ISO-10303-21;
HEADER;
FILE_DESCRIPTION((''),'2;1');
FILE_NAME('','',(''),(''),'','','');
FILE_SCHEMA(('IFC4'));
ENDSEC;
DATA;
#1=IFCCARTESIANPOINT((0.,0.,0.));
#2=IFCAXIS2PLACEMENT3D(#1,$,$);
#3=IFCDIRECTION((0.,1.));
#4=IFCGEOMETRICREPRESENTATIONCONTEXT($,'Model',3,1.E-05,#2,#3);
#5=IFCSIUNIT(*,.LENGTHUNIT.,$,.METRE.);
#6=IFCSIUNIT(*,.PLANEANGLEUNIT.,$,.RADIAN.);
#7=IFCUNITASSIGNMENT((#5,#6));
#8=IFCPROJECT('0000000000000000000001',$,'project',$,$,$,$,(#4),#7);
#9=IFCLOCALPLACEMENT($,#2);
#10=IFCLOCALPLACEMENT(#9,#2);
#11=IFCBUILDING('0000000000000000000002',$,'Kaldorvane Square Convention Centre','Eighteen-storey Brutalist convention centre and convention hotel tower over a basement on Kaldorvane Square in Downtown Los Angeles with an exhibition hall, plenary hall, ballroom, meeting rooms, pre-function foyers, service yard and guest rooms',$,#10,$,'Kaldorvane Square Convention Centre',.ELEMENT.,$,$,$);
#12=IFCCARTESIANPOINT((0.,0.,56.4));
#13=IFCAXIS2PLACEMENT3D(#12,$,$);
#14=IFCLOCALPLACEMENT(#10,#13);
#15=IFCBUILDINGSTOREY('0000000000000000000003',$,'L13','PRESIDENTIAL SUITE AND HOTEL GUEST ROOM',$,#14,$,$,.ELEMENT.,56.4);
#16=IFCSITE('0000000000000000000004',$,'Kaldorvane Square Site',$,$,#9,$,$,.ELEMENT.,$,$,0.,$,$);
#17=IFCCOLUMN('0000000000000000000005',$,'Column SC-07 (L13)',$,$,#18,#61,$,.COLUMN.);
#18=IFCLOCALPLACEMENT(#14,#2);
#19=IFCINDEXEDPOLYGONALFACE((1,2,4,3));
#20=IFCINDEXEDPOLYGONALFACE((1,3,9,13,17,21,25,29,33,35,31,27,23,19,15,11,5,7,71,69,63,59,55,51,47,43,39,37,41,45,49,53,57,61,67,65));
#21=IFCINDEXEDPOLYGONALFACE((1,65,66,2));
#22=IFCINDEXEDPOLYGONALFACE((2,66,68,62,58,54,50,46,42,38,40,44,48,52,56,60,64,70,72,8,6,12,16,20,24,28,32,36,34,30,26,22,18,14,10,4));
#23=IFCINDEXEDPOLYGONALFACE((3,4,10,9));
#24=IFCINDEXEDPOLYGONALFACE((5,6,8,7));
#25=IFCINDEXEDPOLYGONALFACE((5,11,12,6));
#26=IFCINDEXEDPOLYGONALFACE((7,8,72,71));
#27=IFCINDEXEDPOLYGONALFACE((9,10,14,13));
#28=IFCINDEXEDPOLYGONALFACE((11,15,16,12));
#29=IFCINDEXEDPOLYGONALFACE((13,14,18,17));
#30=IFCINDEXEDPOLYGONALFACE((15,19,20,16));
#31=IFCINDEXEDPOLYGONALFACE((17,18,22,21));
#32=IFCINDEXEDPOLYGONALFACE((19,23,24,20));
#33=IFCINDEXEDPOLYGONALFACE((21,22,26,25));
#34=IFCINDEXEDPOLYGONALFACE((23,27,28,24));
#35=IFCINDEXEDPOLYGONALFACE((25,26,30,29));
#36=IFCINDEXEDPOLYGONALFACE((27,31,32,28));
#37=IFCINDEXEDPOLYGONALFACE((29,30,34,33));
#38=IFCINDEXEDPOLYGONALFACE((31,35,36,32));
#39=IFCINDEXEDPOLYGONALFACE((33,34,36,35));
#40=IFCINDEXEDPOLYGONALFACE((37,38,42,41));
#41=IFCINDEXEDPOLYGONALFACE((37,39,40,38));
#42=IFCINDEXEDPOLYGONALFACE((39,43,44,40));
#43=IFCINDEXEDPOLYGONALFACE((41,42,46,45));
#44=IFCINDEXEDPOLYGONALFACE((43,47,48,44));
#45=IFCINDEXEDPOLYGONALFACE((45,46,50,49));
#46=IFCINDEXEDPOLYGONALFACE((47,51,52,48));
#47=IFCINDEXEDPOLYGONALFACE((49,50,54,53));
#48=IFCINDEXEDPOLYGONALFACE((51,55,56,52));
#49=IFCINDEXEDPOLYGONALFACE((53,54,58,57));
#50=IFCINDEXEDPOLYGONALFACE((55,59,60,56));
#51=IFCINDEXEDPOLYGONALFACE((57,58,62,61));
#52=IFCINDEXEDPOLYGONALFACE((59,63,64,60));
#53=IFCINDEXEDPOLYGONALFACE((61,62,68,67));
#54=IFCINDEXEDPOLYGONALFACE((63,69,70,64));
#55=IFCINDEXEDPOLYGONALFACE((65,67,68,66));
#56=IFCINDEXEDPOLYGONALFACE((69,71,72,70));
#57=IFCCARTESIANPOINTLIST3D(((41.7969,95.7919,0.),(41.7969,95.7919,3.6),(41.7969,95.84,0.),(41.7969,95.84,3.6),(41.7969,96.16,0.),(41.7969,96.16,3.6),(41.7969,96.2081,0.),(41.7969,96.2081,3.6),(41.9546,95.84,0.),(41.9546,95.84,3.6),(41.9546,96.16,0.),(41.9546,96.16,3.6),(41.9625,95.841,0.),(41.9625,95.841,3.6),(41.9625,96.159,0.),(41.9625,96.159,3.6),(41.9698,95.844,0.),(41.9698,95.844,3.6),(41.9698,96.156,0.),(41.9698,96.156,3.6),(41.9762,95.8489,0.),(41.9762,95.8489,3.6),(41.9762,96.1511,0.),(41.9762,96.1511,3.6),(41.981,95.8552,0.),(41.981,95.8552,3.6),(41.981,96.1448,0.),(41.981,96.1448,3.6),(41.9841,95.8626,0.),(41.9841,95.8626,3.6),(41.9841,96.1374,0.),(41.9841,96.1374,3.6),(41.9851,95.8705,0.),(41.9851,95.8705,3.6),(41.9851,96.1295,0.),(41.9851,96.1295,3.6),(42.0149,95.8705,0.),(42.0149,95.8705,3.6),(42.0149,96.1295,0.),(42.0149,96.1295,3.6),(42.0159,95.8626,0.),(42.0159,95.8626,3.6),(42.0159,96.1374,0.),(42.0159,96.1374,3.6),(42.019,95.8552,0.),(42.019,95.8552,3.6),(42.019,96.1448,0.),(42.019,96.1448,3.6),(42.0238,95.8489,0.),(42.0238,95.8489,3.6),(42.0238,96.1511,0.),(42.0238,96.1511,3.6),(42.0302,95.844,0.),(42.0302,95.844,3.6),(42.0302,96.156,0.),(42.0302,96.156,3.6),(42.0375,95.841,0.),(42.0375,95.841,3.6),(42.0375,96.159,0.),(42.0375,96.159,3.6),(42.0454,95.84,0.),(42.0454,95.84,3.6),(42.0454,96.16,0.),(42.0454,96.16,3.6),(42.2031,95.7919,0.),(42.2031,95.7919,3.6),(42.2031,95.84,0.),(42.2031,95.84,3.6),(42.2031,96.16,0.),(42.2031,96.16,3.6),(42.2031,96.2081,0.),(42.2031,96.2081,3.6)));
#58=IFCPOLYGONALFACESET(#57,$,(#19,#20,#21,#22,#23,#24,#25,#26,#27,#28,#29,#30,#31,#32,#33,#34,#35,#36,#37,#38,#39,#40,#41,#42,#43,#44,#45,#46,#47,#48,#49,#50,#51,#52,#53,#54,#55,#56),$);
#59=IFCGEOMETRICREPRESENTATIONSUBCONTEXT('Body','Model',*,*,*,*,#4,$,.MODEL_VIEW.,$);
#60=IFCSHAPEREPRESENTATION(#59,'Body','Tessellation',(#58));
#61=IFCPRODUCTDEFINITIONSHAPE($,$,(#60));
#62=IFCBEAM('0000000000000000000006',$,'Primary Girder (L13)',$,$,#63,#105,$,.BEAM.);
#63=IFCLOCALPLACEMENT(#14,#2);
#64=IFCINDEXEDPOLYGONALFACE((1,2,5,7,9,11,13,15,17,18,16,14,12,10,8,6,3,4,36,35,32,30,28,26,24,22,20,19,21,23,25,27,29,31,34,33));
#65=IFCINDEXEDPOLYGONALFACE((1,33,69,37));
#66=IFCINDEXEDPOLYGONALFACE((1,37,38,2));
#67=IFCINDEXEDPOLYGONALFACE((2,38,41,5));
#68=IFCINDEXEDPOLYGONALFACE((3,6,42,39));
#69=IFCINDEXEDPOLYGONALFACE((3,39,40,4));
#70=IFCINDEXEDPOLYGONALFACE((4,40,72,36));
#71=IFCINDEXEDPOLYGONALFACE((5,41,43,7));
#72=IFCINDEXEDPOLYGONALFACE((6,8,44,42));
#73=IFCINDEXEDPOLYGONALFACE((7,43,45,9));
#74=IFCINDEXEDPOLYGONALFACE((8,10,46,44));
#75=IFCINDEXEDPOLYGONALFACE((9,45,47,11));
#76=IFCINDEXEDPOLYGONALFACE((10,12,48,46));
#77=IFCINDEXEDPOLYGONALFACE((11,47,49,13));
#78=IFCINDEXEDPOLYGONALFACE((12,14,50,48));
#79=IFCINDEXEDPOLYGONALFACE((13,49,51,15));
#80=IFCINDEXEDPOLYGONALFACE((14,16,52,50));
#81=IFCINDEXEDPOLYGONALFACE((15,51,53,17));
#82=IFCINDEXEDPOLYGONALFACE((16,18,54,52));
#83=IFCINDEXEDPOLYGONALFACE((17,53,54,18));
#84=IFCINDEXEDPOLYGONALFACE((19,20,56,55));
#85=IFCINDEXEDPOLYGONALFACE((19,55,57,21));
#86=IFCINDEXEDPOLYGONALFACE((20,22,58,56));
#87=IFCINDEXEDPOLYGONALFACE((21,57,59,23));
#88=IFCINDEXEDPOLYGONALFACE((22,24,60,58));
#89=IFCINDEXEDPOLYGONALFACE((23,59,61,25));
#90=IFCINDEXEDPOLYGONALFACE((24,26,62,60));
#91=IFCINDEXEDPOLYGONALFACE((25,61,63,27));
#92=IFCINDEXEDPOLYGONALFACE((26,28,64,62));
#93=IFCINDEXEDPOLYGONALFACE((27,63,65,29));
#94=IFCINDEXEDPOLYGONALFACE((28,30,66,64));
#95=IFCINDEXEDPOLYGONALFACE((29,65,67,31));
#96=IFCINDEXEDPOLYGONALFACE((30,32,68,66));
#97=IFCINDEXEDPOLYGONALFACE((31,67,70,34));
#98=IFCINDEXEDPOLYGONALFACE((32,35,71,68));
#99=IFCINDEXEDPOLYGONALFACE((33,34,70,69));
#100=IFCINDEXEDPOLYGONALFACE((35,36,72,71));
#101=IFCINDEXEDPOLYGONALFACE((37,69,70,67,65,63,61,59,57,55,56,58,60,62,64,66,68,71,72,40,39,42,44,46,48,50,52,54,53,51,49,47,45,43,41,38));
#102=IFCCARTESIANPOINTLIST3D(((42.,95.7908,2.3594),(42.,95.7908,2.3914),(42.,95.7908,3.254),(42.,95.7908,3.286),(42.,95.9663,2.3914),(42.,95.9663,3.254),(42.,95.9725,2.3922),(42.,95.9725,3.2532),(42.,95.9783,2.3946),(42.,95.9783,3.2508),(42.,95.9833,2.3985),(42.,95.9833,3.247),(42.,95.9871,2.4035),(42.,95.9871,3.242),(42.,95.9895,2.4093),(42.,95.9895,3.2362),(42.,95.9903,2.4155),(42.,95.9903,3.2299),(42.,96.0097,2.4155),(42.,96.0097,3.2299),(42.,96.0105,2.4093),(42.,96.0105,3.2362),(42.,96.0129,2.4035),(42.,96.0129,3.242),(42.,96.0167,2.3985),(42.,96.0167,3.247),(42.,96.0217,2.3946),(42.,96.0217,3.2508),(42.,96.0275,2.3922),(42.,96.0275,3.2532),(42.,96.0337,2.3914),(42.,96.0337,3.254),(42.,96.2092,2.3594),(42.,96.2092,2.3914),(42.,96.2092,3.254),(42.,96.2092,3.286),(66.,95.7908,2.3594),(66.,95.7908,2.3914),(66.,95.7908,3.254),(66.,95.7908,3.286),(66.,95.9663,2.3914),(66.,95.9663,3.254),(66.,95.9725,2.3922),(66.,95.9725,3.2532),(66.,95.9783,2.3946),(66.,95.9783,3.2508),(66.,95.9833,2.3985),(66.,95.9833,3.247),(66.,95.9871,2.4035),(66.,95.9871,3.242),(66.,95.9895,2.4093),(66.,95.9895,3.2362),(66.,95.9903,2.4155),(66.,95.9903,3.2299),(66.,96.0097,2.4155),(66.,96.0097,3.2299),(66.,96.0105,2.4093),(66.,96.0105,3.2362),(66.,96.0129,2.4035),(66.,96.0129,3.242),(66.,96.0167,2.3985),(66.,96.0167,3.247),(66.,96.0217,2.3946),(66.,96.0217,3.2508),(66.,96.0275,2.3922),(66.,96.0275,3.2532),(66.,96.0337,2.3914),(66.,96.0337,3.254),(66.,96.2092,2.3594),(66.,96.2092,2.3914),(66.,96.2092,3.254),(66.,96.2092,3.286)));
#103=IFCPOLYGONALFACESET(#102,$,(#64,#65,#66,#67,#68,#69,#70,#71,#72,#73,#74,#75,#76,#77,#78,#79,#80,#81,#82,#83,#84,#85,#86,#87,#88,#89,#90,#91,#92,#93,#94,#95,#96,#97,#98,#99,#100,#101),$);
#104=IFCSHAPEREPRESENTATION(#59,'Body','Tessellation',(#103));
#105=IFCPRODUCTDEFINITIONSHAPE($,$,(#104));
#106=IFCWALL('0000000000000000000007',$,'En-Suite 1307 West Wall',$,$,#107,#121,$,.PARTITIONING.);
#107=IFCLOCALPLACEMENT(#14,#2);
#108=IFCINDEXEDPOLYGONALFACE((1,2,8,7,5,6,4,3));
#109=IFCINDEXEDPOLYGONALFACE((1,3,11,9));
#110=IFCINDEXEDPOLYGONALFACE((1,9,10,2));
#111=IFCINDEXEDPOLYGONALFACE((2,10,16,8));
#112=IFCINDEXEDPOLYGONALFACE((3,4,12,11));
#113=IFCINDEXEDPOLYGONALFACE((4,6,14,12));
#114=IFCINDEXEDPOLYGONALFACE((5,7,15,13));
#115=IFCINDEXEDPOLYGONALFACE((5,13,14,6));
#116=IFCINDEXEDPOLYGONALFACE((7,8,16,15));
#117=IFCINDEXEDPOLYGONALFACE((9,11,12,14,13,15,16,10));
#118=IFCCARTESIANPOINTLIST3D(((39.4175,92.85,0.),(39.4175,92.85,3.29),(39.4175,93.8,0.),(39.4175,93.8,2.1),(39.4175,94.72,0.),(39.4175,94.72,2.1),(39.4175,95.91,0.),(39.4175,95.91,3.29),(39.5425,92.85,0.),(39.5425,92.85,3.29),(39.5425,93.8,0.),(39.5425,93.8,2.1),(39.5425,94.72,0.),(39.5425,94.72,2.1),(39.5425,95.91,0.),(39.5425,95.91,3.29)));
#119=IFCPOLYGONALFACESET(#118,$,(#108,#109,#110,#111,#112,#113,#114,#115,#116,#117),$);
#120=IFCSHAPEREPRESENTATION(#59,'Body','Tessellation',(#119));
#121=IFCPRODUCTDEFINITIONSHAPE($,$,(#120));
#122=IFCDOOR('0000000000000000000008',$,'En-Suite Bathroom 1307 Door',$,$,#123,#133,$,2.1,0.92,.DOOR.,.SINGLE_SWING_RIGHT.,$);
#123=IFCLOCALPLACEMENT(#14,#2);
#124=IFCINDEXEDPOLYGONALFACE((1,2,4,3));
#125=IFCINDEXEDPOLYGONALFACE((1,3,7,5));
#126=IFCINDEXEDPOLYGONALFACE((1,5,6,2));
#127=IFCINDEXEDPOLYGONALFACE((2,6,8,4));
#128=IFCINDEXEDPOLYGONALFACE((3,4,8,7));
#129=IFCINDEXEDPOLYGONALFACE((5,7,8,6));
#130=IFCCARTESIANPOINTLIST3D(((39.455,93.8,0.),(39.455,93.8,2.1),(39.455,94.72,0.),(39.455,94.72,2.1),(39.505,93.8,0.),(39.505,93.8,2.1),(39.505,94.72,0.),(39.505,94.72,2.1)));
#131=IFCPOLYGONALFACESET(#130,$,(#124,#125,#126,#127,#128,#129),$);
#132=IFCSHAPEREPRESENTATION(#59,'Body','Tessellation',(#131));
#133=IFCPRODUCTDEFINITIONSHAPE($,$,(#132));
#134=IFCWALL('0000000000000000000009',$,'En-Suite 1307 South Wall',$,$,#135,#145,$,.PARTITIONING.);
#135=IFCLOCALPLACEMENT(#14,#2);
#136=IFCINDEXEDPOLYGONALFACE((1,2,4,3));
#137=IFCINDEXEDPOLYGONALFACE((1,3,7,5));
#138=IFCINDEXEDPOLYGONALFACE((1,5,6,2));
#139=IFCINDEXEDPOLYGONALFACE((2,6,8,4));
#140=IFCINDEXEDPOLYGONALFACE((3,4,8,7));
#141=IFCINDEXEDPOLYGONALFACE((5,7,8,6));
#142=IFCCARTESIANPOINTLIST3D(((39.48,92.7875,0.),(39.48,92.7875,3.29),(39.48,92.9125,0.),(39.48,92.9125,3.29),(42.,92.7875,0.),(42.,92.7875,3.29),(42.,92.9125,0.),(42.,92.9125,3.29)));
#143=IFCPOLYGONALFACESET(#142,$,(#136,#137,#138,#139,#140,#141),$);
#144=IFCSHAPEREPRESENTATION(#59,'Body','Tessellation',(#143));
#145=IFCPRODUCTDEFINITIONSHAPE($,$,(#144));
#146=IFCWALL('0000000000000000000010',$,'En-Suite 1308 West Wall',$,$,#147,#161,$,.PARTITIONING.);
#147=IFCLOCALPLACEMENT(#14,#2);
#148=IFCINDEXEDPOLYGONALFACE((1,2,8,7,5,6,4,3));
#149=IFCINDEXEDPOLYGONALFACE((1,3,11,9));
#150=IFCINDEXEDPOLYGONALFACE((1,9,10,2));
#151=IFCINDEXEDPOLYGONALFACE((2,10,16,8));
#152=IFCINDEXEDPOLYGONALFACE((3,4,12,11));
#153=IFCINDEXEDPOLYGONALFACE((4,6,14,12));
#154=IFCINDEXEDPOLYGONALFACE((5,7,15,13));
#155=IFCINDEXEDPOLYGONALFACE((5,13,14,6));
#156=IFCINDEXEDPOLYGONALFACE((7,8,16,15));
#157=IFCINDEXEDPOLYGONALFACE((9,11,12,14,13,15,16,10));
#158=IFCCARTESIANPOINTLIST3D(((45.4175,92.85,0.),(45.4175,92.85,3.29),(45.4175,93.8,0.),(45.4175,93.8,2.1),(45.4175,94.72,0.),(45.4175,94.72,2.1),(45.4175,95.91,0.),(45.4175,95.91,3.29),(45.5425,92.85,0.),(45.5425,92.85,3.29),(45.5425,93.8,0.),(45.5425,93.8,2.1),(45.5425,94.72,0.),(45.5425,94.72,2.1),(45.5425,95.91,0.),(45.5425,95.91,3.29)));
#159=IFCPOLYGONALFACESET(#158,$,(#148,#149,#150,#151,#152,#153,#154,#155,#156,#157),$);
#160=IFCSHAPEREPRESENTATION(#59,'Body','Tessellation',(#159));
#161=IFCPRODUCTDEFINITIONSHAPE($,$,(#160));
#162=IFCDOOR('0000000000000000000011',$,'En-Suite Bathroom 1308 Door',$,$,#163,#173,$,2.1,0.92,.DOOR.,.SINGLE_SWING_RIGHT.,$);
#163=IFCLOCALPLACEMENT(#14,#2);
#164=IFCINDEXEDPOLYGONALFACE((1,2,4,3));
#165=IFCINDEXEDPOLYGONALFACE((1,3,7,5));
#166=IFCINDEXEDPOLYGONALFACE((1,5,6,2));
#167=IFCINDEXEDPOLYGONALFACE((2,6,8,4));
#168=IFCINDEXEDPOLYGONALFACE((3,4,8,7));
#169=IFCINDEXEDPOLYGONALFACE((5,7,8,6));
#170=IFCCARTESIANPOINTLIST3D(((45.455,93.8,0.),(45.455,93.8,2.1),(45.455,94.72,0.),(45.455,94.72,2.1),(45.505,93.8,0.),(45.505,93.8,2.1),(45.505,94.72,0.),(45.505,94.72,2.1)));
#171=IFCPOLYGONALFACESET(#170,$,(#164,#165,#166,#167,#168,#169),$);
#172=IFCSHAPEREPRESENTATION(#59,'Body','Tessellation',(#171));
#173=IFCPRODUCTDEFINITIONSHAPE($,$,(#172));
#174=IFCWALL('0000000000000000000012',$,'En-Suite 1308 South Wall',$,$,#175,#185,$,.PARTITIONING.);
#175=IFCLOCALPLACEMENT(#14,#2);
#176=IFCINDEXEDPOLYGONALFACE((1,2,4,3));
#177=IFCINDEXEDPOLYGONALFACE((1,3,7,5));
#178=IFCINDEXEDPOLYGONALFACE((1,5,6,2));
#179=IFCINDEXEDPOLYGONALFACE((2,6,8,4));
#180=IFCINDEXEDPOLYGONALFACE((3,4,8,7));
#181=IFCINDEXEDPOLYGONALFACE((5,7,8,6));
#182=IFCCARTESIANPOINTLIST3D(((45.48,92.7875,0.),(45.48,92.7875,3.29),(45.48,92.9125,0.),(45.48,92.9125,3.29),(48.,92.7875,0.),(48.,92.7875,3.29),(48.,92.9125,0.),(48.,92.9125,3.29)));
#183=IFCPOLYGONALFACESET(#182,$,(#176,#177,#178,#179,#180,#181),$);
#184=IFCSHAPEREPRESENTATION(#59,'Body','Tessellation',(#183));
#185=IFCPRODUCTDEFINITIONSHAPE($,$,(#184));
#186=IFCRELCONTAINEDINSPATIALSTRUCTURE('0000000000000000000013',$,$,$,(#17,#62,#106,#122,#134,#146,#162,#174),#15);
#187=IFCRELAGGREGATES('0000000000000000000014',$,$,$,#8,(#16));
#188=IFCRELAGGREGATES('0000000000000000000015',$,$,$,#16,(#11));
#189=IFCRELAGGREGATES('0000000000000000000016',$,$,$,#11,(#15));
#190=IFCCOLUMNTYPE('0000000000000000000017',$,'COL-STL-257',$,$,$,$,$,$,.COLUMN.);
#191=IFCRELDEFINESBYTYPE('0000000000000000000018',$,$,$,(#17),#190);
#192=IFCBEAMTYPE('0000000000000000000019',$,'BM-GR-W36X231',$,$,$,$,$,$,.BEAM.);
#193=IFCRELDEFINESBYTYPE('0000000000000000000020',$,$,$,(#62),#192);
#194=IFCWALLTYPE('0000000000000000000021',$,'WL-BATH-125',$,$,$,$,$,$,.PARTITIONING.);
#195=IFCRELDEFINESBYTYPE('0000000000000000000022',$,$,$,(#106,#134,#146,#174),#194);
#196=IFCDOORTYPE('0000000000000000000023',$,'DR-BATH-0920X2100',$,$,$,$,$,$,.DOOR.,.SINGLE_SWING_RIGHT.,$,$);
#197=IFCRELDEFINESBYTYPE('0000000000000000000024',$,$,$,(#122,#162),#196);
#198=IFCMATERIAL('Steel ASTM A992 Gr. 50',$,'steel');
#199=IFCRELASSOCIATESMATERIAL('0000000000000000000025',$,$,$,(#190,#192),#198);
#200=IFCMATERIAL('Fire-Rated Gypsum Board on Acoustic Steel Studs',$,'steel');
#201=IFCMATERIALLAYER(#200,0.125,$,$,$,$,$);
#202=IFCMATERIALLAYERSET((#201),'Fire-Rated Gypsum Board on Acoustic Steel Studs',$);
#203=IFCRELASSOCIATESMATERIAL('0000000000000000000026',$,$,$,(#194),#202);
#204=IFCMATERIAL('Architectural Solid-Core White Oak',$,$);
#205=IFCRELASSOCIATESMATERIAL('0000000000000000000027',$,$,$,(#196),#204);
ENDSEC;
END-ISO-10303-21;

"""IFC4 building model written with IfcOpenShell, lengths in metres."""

from ifc_helpers import new_model, si_unit, direction, frame, frame_2d, origin, origin_2d, place, context, subcontext, project, spatial, rectangle, i_section, extrude, material, layer, layer_set, material_profile, profile_set, type_object, element, fill, save


model = new_model("IFC4")

# Units and contexts
model_context = context("Model", 3, precision=1e-05, world=origin(), true_north=direction((0.0, 1.0)))
body_context = subcontext(model_context, "Body", "Model", "MODEL_VIEW")
ifc_project = project(units=[si_unit("LENGTHUNIT", "METRE"), si_unit("PLANEANGLEUNIT", "RADIAN")], contexts=[model_context])

# Site, building, storey
site_placement = place(None, origin())
site = spatial("IfcSite", under=ifc_project, at=site_placement, Name="Kaldorvane Square Site", CompositionType="ELEMENT", RefElevation=0.0)
building_placement = place(site_placement, origin())
building = spatial("IfcBuilding", under=site, at=building_placement, Name="Kaldorvane Square Convention Centre", Description="Eighteen-storey Brutalist convention centre and convention hotel tower over a basement on Kaldorvane Square in Downtown Los Angeles with an exhibition hall, plenary hall, ballroom, meeting rooms, pre-function foyers, service yard and guest rooms", LongName="Kaldorvane Square Convention Centre", CompositionType="ELEMENT")
storey_placement = place(building_placement, frame((0.0, 0.0, 56.4)))
storey = spatial("IfcBuildingStorey", under=building, at=storey_placement, Name="L13", Description="PRESIDENTIAL SUITE AND HOTEL GUEST ROOM", CompositionType="ELEMENT", Elevation=56.4)

# Column
ifc_material_1 = material(Name="Steel ASTM A992 Gr. 50", Category="steel")
ifc_material_profile_1 = material_profile(ifc_material_1, i_section(OverallWidth=0.4063, OverallDepth=0.4161, WebThickness=0.0298, FlangeThickness=0.048, FilletRadius=0.0305, at=origin_2d()), Name="W14X257")
ifc_profile_set_1 = profile_set([ifc_material_profile_1], Name="Steel ASTM A992 Gr. 50")
column_type = type_object("IfcColumnType", Name="COL-STL-257", PredefinedType="COLUMN", material=ifc_profile_set_1)
column_placement = place(storey_placement, frame((42.0, 96.0, 0.0), z_axis=(0.0, 0.0, 1.0), x_axis=(1.0, 0.0, 0.0)))
element("IfcColumn", 1, at=column_placement, inside=storey, type_object=column_type, Name="Column SC-07 (L13)", PredefinedType="COLUMN", context=body_context, shape_type="SweptSolid", body=[
    extrude(i_section(OverallWidth=0.4063, OverallDepth=0.4161, WebThickness=0.0298, FlangeThickness=0.048, FilletRadius=0.0305, at=origin_2d()), origin(), (0.0, 0.0, 1.0), 3.6),
])

# Beam
ifc_material_profile_2 = material_profile(ifc_material_1, i_section(OverallWidth=0.4183, OverallDepth=0.9266, WebThickness=0.0193, FlangeThickness=0.032, FilletRadius=0.0241, at=origin_2d()), Name="W36X231")
ifc_profile_set_2 = profile_set([ifc_material_profile_2], Name="Steel ASTM A992 Gr. 50")
beam_type = type_object("IfcBeamType", Name="BM-GR-W36X231", PredefinedType="BEAM", material=ifc_profile_set_2)
beam_placement = place(storey_placement, frame((42.0, 96.0, 2.8227), z_axis=(1.0, 0.0, 0.0), x_axis=(0.0, 1.0, 0.0)))
element("IfcBeam", 2, at=beam_placement, inside=storey, type_object=beam_type, Name="Primary Girder (L13)", PredefinedType="BEAM", context=body_context, shape_type="SweptSolid", body=[
    extrude(i_section(OverallWidth=0.4183, OverallDepth=0.9266, WebThickness=0.0193, FlangeThickness=0.032, FilletRadius=0.0241, at=origin_2d()), origin(), (0.0, 0.0, 1.0), 24.0),
])

# Wall, opening, door
ifc_material_2 = material(Name="Fire-Rated Gypsum Board on Acoustic Steel Studs", Category="steel")
ifc_layer_1 = layer(ifc_material_2, 0.125)
ifc_layer_set_1 = layer_set([ifc_layer_1], Name="Fire-Rated Gypsum Board on Acoustic Steel Studs")
wall_type_1 = type_object("IfcWallType", Name="WL-BATH-125", PredefinedType="PARTITIONING", material=ifc_layer_set_1)
wall_1_placement = place(storey_placement, frame((39.48, 92.85, 0.0), z_axis=(0.0, 0.0, 1.0), x_axis=(0.0, 1.0, 0.0)))
wall_1 = element("IfcWall", 3, at=wall_1_placement, inside=storey, type_object=wall_type_1, Name="En-Suite 1307 West Wall", PredefinedType="PARTITIONING", context=body_context, shape_type="SweptSolid", body=[
    extrude(rectangle(XDim=3.06, YDim=0.125, at=frame_2d((1.53, 0.0))), origin(), (0.0, 0.0, 1.0), 3.29),
])
opening_1_placement = place(wall_1_placement, frame((0.95, 0.0, 0.0)))
opening_1 = element("IfcOpeningElement", 4, at=opening_1_placement, cuts=wall_1, PredefinedType="OPENING", context=body_context, shape_type="SweptSolid", body=[
    extrude(rectangle(XDim=0.92, YDim=2.1, at=frame_2d((0.46, 1.05))), frame((0.0, 0.0775, 0.0), z_axis=(0.0, -1.0, 0.0), x_axis=(1.0, 0.0, 0.0)), (0.0, 0.0, 1.0), 0.155),
])
ifc_material_3 = material(Name="Architectural Solid-Core White Oak")
door_type_1 = type_object("IfcDoorType", Name="DR-BATH-0920X2100", OperationType="SINGLE_SWING_RIGHT", PredefinedType="DOOR", material=ifc_material_3)
door_1_placement = place(opening_1_placement, origin())
door_1 = element("IfcDoor", 5, at=door_1_placement, inside=storey, type_object=door_type_1, Name="En-Suite Bathroom 1307 Door", OperationType="SINGLE_SWING_RIGHT", OverallHeight=2.1, OverallWidth=0.92, PredefinedType="DOOR", context=body_context, shape_type="SweptSolid", body=[
    extrude(rectangle(XDim=0.92, YDim=2.1, at=frame_2d((0.46, 1.05))), frame((0.0, 0.025, 0.0), z_axis=(0.0, -1.0, 0.0), x_axis=(1.0, 0.0, 0.0)), (0.0, 0.0, 1.0), 0.05),
])
fill(opening_1, door_1)

# Wall
wall_2_placement = place(storey_placement, frame((39.48, 92.85, 0.0), z_axis=(0.0, 0.0, 1.0), x_axis=(1.0, 0.0, 0.0)))
element("IfcWall", 6, at=wall_2_placement, inside=storey, type_object=wall_type_1, Name="En-Suite 1307 South Wall", PredefinedType="PARTITIONING", context=body_context, shape_type="SweptSolid", body=[
    extrude(rectangle(XDim=2.52, YDim=0.125, at=frame_2d((1.26, 0.0))), origin(), (0.0, 0.0, 1.0), 3.29),
])

# Wall, opening, door
wall_3_placement = place(storey_placement, frame((45.48, 92.85, 0.0), z_axis=(0.0, 0.0, 1.0), x_axis=(0.0, 1.0, 0.0)))
wall_3 = element("IfcWall", 7, at=wall_3_placement, inside=storey, type_object=wall_type_1, Name="En-Suite 1308 West Wall", PredefinedType="PARTITIONING", context=body_context, shape_type="SweptSolid", body=[
    extrude(rectangle(XDim=3.06, YDim=0.125, at=frame_2d((1.53, 0.0))), origin(), (0.0, 0.0, 1.0), 3.29),
])
opening_2_placement = place(wall_3_placement, frame((0.95, 0.0, 0.0)))
opening_2 = element("IfcOpeningElement", 8, at=opening_2_placement, cuts=wall_3, PredefinedType="OPENING", context=body_context, shape_type="SweptSolid", body=[
    extrude(rectangle(XDim=0.92, YDim=2.1, at=frame_2d((0.46, 1.05))), frame((0.0, 0.0775, 0.0), z_axis=(0.0, -1.0, 0.0), x_axis=(1.0, 0.0, 0.0)), (0.0, 0.0, 1.0), 0.155),
])
door_2_placement = place(opening_2_placement, origin())
door_2 = element("IfcDoor", 9, at=door_2_placement, inside=storey, type_object=door_type_1, Name="En-Suite Bathroom 1308 Door", OperationType="SINGLE_SWING_RIGHT", OverallHeight=2.1, OverallWidth=0.92, PredefinedType="DOOR", context=body_context, shape_type="SweptSolid", body=[
    extrude(rectangle(XDim=0.92, YDim=2.1, at=frame_2d((0.46, 1.05))), frame((0.0, 0.025, 0.0), z_axis=(0.0, -1.0, 0.0), x_axis=(1.0, 0.0, 0.0)), (0.0, 0.0, 1.0), 0.05),
])
fill(opening_2, door_2)

# Wall
wall_4_placement = place(storey_placement, frame((45.48, 92.85, 0.0), z_axis=(0.0, 0.0, 1.0), x_axis=(1.0, 0.0, 0.0)))
element("IfcWall", 10, at=wall_4_placement, inside=storey, type_object=wall_type_1, Name="En-Suite 1308 South Wall", PredefinedType="PARTITIONING", context=body_context, shape_type="SweptSolid", body=[
    extrude(rectangle(XDim=2.52, YDim=0.125, at=frame_2d((1.26, 0.0))), origin(), (0.0, 0.0, 1.0), 3.29),
])

save(model, "model.ifc")
